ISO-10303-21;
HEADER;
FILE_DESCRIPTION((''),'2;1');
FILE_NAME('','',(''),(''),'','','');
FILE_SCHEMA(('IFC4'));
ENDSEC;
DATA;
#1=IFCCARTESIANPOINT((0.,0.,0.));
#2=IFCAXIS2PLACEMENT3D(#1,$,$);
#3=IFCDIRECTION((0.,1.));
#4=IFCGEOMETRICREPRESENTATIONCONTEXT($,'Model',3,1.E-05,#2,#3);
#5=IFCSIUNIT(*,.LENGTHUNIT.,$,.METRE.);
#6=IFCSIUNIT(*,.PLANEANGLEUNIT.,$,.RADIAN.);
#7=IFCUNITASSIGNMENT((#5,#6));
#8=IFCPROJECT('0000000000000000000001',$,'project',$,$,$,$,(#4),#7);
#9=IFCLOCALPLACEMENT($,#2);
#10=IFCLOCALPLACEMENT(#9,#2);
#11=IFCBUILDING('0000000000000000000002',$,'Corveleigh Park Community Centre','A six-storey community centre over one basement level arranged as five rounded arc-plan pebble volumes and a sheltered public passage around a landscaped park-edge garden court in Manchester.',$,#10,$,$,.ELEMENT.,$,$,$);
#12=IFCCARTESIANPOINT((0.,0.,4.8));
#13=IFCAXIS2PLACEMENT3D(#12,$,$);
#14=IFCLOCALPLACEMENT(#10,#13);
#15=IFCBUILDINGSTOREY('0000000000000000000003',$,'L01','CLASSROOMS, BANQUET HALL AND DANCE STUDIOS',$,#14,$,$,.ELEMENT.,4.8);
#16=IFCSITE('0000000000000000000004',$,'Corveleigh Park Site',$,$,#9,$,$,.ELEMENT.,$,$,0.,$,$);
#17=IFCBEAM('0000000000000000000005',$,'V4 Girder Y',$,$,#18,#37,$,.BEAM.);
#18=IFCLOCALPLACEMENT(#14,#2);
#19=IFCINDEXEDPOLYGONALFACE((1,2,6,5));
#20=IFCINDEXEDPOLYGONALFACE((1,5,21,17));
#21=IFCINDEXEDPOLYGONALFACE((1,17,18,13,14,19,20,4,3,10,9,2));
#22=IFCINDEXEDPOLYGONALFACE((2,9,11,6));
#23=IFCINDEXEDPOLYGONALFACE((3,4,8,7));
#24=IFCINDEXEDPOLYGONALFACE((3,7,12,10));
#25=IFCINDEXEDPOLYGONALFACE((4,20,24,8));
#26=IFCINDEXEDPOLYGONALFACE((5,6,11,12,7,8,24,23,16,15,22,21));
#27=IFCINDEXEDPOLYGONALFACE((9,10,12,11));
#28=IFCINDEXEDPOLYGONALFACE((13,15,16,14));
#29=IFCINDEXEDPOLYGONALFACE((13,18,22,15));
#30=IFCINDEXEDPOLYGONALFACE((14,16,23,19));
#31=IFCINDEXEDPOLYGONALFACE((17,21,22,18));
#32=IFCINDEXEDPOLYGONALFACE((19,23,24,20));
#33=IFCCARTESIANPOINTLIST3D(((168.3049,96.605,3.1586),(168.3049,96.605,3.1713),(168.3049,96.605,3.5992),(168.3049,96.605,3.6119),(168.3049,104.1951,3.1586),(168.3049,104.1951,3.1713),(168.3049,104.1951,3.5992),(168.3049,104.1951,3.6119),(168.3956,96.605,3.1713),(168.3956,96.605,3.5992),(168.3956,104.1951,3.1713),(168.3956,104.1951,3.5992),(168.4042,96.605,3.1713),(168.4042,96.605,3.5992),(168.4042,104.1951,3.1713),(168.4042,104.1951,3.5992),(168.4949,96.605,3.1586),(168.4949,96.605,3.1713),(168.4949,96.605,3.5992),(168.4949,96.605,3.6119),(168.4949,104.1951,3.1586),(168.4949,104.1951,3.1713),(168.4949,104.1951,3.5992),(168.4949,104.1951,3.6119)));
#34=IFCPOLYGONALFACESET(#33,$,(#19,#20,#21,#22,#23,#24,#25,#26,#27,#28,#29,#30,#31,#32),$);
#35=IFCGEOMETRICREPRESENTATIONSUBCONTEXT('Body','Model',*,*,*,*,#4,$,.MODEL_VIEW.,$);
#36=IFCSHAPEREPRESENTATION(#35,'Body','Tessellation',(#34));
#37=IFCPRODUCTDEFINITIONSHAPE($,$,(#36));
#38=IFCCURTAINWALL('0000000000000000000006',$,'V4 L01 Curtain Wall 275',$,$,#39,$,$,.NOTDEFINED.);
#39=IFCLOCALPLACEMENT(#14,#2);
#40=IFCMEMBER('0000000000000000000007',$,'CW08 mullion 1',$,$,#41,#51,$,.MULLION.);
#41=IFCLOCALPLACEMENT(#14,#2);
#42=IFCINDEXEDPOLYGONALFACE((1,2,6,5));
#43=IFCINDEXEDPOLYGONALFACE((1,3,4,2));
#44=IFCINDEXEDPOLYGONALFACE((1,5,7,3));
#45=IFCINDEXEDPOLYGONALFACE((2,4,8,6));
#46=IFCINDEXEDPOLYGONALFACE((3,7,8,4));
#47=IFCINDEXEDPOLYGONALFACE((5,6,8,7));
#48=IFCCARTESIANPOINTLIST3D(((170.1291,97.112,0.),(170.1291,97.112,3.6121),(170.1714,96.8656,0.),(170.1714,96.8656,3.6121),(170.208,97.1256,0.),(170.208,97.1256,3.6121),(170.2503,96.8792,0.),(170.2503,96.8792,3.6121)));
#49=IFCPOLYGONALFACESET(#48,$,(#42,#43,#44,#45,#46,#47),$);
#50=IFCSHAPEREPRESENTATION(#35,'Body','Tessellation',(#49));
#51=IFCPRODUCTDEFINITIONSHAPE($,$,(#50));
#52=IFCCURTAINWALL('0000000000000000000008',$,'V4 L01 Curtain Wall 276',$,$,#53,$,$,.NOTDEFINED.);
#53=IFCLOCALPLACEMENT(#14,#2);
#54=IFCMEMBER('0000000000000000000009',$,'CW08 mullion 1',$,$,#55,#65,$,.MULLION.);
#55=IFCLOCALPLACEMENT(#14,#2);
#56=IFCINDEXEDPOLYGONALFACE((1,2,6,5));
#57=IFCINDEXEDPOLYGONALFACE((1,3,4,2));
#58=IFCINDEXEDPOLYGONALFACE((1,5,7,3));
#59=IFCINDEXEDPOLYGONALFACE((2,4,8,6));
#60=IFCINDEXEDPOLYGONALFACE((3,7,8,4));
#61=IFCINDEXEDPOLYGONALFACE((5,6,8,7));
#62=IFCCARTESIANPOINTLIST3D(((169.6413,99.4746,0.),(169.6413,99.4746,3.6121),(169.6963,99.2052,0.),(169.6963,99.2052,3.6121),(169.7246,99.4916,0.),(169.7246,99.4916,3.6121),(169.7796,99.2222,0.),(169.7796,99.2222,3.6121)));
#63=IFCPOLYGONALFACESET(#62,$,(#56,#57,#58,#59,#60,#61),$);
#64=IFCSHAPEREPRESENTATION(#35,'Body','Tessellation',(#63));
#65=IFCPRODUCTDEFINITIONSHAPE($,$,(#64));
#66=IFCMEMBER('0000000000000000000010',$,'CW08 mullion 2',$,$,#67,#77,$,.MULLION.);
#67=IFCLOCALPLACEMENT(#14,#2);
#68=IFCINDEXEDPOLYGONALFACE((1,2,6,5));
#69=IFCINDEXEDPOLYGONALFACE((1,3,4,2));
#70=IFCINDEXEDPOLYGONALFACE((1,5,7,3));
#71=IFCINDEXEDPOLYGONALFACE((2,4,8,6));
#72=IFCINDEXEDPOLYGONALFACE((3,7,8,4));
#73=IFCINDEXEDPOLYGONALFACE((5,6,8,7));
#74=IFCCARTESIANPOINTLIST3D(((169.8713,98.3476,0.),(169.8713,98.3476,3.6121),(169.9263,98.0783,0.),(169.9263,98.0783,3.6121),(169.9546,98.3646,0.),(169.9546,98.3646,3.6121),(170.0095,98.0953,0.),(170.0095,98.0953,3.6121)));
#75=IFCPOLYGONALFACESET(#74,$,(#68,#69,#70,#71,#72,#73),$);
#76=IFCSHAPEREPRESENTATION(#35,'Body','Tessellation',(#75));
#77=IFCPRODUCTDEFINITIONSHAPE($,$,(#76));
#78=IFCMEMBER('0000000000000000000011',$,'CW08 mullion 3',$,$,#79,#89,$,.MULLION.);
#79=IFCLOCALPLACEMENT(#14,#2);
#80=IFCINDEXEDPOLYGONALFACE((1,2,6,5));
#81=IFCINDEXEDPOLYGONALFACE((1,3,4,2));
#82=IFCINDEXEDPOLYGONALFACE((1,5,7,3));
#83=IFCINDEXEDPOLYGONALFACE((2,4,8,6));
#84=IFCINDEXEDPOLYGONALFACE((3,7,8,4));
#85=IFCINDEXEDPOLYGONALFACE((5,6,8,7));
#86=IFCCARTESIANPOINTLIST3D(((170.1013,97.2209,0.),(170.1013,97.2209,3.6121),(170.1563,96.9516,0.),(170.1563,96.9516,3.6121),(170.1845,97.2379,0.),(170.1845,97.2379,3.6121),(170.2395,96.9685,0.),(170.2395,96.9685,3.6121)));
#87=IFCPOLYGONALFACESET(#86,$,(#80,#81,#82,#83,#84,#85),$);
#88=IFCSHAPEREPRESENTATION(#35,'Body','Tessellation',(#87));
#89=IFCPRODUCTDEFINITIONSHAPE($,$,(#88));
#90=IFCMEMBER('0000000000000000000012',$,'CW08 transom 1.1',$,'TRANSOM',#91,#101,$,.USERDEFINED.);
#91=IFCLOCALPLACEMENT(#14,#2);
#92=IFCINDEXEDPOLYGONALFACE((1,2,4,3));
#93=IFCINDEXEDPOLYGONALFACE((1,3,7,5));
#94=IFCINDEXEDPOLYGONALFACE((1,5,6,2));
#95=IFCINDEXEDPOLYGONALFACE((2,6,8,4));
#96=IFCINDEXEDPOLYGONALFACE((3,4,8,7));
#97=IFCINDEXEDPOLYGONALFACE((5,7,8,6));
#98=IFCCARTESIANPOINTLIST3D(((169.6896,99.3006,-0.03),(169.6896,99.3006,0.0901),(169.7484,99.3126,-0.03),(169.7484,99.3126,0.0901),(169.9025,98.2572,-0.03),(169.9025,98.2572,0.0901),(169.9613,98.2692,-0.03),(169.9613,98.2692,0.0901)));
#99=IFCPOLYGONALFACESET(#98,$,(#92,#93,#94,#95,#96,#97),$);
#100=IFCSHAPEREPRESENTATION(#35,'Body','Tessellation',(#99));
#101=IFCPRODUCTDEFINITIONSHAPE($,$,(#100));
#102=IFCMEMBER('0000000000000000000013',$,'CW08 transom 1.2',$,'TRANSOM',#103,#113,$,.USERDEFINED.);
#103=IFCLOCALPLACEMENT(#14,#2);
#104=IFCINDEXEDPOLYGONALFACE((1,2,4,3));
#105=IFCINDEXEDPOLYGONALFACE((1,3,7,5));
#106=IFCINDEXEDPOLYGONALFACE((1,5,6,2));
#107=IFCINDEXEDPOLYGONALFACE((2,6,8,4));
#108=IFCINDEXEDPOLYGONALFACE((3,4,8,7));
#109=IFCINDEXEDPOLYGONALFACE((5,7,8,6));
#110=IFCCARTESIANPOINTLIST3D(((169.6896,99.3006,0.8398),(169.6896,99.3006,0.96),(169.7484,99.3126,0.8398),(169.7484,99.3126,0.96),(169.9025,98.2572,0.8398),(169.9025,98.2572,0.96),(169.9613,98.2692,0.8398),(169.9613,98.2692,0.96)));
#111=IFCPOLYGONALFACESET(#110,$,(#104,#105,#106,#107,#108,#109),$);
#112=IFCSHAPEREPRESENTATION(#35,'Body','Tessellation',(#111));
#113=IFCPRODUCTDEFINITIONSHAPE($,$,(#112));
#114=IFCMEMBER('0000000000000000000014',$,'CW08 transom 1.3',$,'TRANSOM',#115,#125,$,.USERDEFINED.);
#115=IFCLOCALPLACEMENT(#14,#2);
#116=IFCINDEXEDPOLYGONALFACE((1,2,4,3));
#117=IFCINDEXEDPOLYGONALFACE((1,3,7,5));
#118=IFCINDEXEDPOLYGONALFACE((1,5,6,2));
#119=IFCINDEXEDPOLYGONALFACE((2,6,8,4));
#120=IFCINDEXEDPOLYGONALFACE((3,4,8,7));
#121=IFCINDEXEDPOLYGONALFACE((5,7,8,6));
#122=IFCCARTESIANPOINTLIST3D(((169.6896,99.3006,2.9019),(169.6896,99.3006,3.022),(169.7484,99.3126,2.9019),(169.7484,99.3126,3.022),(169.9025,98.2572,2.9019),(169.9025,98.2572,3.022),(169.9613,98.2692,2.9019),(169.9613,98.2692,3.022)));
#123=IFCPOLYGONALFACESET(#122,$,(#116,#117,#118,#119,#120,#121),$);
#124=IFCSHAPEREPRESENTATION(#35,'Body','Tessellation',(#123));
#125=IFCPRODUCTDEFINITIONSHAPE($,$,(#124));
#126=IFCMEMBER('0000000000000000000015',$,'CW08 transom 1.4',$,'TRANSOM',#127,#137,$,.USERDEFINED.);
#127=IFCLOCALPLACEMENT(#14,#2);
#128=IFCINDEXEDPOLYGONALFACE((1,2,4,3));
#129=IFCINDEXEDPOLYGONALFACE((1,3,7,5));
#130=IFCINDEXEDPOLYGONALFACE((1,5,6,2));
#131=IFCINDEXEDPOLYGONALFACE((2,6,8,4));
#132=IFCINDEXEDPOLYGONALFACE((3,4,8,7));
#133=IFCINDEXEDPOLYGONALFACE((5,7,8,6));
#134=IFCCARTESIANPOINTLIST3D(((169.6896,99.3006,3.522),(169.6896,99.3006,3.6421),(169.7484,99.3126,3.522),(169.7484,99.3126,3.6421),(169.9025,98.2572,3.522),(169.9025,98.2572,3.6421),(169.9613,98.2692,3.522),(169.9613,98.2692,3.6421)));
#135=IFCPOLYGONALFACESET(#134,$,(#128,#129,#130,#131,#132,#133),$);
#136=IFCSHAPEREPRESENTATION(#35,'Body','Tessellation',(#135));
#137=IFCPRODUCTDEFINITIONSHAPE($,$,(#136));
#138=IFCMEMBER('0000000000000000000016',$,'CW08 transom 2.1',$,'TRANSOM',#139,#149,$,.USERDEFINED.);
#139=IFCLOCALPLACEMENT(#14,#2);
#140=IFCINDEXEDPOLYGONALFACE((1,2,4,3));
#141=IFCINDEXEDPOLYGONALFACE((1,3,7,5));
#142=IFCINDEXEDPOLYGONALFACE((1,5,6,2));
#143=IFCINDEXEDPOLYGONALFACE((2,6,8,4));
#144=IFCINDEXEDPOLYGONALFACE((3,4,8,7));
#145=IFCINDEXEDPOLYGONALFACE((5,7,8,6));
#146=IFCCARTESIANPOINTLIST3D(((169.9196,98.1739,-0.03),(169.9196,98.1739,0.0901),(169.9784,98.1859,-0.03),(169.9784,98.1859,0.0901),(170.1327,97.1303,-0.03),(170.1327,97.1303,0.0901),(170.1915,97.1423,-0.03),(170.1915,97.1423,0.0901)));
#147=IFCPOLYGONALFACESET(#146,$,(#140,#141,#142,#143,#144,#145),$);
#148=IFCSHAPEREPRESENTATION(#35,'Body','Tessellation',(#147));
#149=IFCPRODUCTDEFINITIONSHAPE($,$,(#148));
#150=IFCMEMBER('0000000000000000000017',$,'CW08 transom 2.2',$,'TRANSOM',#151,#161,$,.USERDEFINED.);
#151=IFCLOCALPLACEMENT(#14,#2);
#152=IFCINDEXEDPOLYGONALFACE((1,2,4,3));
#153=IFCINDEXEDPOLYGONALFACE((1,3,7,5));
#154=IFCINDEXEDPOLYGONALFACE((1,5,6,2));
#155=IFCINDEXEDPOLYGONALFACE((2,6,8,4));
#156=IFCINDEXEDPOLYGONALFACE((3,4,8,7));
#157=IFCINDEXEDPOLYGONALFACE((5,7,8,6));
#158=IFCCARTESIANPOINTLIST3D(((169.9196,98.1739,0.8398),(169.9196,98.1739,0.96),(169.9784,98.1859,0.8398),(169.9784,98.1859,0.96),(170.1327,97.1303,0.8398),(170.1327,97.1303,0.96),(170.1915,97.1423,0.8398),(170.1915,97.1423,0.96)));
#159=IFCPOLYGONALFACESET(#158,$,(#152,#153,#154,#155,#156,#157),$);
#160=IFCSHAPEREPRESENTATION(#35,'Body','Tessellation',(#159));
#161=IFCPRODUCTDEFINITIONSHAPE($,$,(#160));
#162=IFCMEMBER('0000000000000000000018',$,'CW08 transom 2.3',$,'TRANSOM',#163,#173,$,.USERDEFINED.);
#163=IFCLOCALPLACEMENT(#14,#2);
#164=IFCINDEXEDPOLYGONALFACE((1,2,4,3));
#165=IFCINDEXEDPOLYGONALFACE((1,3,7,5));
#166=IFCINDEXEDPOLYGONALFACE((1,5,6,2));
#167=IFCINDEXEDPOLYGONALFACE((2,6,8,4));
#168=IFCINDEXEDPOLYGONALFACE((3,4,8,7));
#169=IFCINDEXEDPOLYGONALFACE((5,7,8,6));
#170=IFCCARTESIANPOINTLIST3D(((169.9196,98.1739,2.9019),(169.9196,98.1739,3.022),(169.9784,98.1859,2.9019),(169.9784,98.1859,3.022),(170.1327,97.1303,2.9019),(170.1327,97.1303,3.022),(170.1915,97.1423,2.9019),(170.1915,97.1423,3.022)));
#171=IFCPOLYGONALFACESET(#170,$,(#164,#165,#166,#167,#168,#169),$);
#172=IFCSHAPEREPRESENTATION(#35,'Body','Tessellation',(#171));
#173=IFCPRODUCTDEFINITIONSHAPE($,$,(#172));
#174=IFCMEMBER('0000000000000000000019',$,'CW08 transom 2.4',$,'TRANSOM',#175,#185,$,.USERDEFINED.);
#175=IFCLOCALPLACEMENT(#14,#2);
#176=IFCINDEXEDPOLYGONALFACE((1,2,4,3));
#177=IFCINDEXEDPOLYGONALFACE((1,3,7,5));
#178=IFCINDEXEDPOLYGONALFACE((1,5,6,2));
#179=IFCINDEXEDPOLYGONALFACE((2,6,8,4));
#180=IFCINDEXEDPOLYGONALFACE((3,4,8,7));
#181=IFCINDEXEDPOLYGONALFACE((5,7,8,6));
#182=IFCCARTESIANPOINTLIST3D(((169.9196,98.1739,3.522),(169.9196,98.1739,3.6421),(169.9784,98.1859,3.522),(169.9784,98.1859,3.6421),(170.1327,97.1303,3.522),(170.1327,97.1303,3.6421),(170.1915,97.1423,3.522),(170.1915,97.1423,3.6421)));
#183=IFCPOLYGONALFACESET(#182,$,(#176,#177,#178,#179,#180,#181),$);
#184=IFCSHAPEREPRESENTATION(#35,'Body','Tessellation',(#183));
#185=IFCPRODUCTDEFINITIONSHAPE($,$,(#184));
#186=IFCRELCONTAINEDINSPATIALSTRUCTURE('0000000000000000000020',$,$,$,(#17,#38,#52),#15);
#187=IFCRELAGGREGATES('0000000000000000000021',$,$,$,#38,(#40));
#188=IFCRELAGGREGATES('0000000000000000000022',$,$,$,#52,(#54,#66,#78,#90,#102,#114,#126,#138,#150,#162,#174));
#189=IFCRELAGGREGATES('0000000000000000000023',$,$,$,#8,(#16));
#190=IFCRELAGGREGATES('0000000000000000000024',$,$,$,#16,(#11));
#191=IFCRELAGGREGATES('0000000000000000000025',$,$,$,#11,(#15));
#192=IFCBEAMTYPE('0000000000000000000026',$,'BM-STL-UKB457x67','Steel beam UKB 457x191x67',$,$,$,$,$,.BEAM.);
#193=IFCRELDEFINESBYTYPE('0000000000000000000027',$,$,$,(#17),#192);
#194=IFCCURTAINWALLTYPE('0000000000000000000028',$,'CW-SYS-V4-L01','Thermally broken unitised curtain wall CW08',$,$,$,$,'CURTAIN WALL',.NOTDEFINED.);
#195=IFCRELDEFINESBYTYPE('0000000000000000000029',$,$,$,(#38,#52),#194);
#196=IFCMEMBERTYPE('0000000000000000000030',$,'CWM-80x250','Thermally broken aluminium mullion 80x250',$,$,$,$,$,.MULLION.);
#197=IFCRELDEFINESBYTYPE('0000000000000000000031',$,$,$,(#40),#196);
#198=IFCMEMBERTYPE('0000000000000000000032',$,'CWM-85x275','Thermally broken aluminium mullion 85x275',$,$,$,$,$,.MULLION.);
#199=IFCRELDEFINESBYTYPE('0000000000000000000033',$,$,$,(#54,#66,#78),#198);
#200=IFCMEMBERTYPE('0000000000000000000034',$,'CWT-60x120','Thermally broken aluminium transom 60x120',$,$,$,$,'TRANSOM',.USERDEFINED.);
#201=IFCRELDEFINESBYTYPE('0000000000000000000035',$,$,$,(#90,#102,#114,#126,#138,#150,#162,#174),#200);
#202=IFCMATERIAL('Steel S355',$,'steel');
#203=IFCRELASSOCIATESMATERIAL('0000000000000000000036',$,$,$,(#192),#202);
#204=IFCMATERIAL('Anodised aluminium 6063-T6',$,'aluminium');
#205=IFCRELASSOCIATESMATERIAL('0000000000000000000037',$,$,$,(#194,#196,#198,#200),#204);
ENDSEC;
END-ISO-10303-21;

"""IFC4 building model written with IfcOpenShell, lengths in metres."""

from ifc_helpers import new_model, si_unit, direction, frame, origin, origin_2d, place, context, subcontext, project, spatial, rectangle, i_section, extrude, material, material_profile, profile_set, type_object, element, aggregate, save


model = new_model("IFC4")

# Units and contexts
model_context = context("Model", 3, precision=1e-05, world=origin(), true_north=direction((0.0, 1.0)))
body_context = subcontext(model_context, "Body", "Model", "MODEL_VIEW")
ifc_project = project(units=[si_unit("LENGTHUNIT", "METRE"), si_unit("PLANEANGLEUNIT", "RADIAN")], contexts=[model_context])

# Site, building, storey
site_placement = place(None, origin())
site = spatial("IfcSite", under=ifc_project, at=site_placement, Name="Corveleigh Park Site", CompositionType="ELEMENT", RefElevation=0.0)
building_placement = place(site_placement, origin())
building = spatial("IfcBuilding", under=site, at=building_placement, Name="Corveleigh Park Community Centre", Description="A six-storey community centre over one basement level arranged as five rounded arc-plan pebble volumes and a sheltered public passage around a landscaped park-edge garden court in Manchester.", CompositionType="ELEMENT")
storey_placement = place(building_placement, frame((0.0, 0.0, 4.8)))
storey = spatial("IfcBuildingStorey", under=building, at=storey_placement, Name="L01", Description="CLASSROOMS, BANQUET HALL AND DANCE STUDIOS", CompositionType="ELEMENT", Elevation=4.8)

# Beam
ifc_material_1 = material(Name="Steel S355", Category="steel")
ifc_material_profile_1 = material_profile(ifc_material_1, i_section(OverallWidth=0.1899, OverallDepth=0.4534, WebThickness=0.0085, FlangeThickness=0.0127, at=origin_2d()), Name="UKB 457x191x67", Category="steel")
ifc_profile_set_1 = profile_set([ifc_material_profile_1], Name="Steel S355")
beam_type = type_object("IfcBeamType", Name="BM-STL-UKB457x67", Description="Steel beam UKB 457x191x67", PredefinedType="BEAM", material=ifc_profile_set_1)
beam_placement = place(storey_placement, frame((168.3999, 96.605, 3.3853), z_axis=(0.0, 1.0, 0.0), x_axis=(-1.0, 0.0, 0.0)))
element("IfcBeam", 1, at=beam_placement, inside=storey, type_object=beam_type, Name="V4 Girder Y", PredefinedType="BEAM", context=body_context, shape_type="SweptSolid", body=[
    extrude(i_section(OverallWidth=0.1899, OverallDepth=0.4534, WebThickness=0.0085, FlangeThickness=0.0127, at=origin_2d()), origin(), (0.0, 0.0, 1.0), 7.5901),
])

# Curtain wall, member
ifc_material_2 = material(Name="Anodised aluminium 6063-T6", Category="aluminium")
curtain_wall_type = type_object("IfcCurtainWallType", Name="CW-SYS-V4-L01", Description="Thermally broken unitised curtain wall CW08", ElementType="CURTAIN WALL", PredefinedType="NOTDEFINED", material=ifc_material_2)
curtain_wall_1_placement = place(storey_placement, origin())
curtain_wall_1 = element("IfcCurtainWall", 2, at=curtain_wall_1_placement, inside=storey, type_object=curtain_wall_type, Name="V4 L01 Curtain Wall 275", PredefinedType="NOTDEFINED")
ifc_material_profile_2 = material_profile(ifc_material_2, rectangle(XDim=0.0801, YDim=0.25, at=origin_2d()), Name="ALU-M80x250", Category="aluminium")
ifc_profile_set_2 = profile_set([ifc_material_profile_2], Name="Anodised aluminium 6063-T6")
member_type_1 = type_object("IfcMemberType", Name="CWM-80x250", Description="Thermally broken aluminium mullion 80x250", PredefinedType="MULLION", material=ifc_profile_set_2)
member_1_placement = place(storey_placement, frame((170.1897, 96.9956, 0.0), z_axis=(0.0, 0.0, 1.0), x_axis=(0.985554, 0.169359, 0.0)))
member_1 = element("IfcMember", 3, at=member_1_placement, type_object=member_type_1, Name="CW08 mullion 1", PredefinedType="MULLION", context=body_context, shape_type="SweptSolid", body=[
    extrude(rectangle(XDim=0.0801, YDim=0.25, at=origin_2d()), origin(), (0.0, 0.0, 1.0), 3.6121),
])

# Curtain wall, members
curtain_wall_2_placement = place(storey_placement, origin())
curtain_wall_2 = element("IfcCurtainWall", 4, at=curtain_wall_2_placement, inside=storey, type_object=curtain_wall_type, Name="V4 L01 Curtain Wall 276", PredefinedType="NOTDEFINED")
ifc_material_profile_3 = material_profile(ifc_material_2, rectangle(XDim=0.085, YDim=0.2749, at=origin_2d()), Name="ALU-M85x275", Category="aluminium")
ifc_profile_set_3 = profile_set([ifc_material_profile_3], Name="Anodised aluminium 6063-T6")
member_type_2 = type_object("IfcMemberType", Name="CWM-85x275", Description="Thermally broken aluminium mullion 85x275", PredefinedType="MULLION", material=ifc_profile_set_3)
member_2_placement = place(storey_placement, frame((169.7104, 99.3484, 0.0), z_axis=(0.0, 0.0, 1.0), x_axis=(0.979799, 0.199985, 0.0)))
member_2 = element("IfcMember", 5, at=member_2_placement, type_object=member_type_2, Name="CW08 mullion 1", PredefinedType="MULLION", context=body_context, shape_type="SweptSolid", body=[
    extrude(rectangle(XDim=0.085, YDim=0.2749, at=origin_2d()), origin(), (0.0, 0.0, 1.0), 3.6121),
])
member_3_placement = place(storey_placement, frame((169.9404, 98.2214, 0.0), z_axis=(0.0, 0.0, 1.0), x_axis=(0.979799, 0.199985, 0.0)))
member_3 = element("IfcMember", 6, at=member_3_placement, type_object=member_type_2, Name="CW08 mullion 2", PredefinedType="MULLION", context=body_context, shape_type="SweptSolid", body=[
    extrude(rectangle(XDim=0.085, YDim=0.2749, at=origin_2d()), origin(), (0.0, 0.0, 1.0), 3.6121),
])
member_4_placement = place(storey_placement, frame((170.1704, 97.0947, 0.0), z_axis=(0.0, 0.0, 1.0), x_axis=(0.979799, 0.199985, 0.0)))
member_4 = element("IfcMember", 7, at=member_4_placement, type_object=member_type_2, Name="CW08 mullion 3", PredefinedType="MULLION", context=body_context, shape_type="SweptSolid", body=[
    extrude(rectangle(XDim=0.085, YDim=0.2749, at=origin_2d()), origin(), (0.0, 0.0, 1.0), 3.6121),
])
ifc_material_profile_4 = material_profile(ifc_material_2, rectangle(XDim=0.0601, YDim=0.1201, at=origin_2d()), Name="ALU-T60x120", Category="aluminium")
ifc_profile_set_4 = profile_set([ifc_material_profile_4], Name="Anodised aluminium 6063-T6")
member_type_3 = type_object("IfcMemberType", Name="CWT-60x120", Description="Thermally broken aluminium transom 60x120", ElementType="TRANSOM", PredefinedType="USERDEFINED", material=ifc_profile_set_4)
member_5_placement = place(storey_placement, frame((169.719, 99.3066, 0.03), z_axis=(0.199906, -0.979815, 0.0), x_axis=(0.979815, 0.199906, 0.0)))
member_5 = element("IfcMember", 8, at=member_5_placement, type_object=member_type_3, Name="CW08 transom 1.1", ObjectType="TRANSOM", PredefinedType="USERDEFINED", context=body_context, shape_type="SweptSolid", body=[
    extrude(rectangle(XDim=0.0601, YDim=0.1201, at=origin_2d()), origin(), (0.0, 0.0, 1.0), 1.0649),
])
member_6_placement = place(storey_placement, frame((169.719, 99.3066, 0.8999), z_axis=(0.199906, -0.979815, 0.0), x_axis=(0.979815, 0.199906, 0.0)))
member_6 = element("IfcMember", 9, at=member_6_placement, type_object=member_type_3, Name="CW08 transom 1.2", ObjectType="TRANSOM", PredefinedType="USERDEFINED", context=body_context, shape_type="SweptSolid", body=[
    extrude(rectangle(XDim=0.0601, YDim=0.1201, at=origin_2d()), origin(), (0.0, 0.0, 1.0), 1.0649),
])
member_7_placement = place(storey_placement, frame((169.719, 99.3066, 2.9619), z_axis=(0.199906, -0.979815, 0.0), x_axis=(0.979815, 0.199906, 0.0)))
member_7 = element("IfcMember", 10, at=member_7_placement, type_object=member_type_3, Name="CW08 transom 1.3", ObjectType="TRANSOM", PredefinedType="USERDEFINED", context=body_context, shape_type="SweptSolid", body=[
    extrude(rectangle(XDim=0.0601, YDim=0.1201, at=origin_2d()), origin(), (0.0, 0.0, 1.0), 1.0649),
])
member_8_placement = place(storey_placement, frame((169.719, 99.3066, 3.582), z_axis=(0.199906, -0.979815, 0.0), x_axis=(0.979815, 0.199906, 0.0)))
member_8 = element("IfcMember", 11, at=member_8_placement, type_object=member_type_3, Name="CW08 transom 1.4", ObjectType="TRANSOM", PredefinedType="USERDEFINED", context=body_context, shape_type="SweptSolid", body=[
    extrude(rectangle(XDim=0.0601, YDim=0.1201, at=origin_2d()), origin(), (0.0, 0.0, 1.0), 1.0649),
])
member_9_placement = place(storey_placement, frame((169.949, 98.1799, 0.03), z_axis=(0.200081, -0.979779, 0.0), x_axis=(0.979779, 0.200081, 0.0)))
member_9 = element("IfcMember", 12, at=member_9_placement, type_object=member_type_3, Name="CW08 transom 2.1", ObjectType="TRANSOM", PredefinedType="USERDEFINED", context=body_context, shape_type="SweptSolid", body=[
    extrude(rectangle(XDim=0.0601, YDim=0.1201, at=origin_2d()), origin(), (0.0, 0.0, 1.0), 1.0652),
])
member_10_placement = place(storey_placement, frame((169.949, 98.1799, 0.8999), z_axis=(0.200081, -0.979779, 0.0), x_axis=(0.979779, 0.200081, 0.0)))
member_10 = element("IfcMember", 13, at=member_10_placement, type_object=member_type_3, Name="CW08 transom 2.2", ObjectType="TRANSOM", PredefinedType="USERDEFINED", context=body_context, shape_type="SweptSolid", body=[
    extrude(rectangle(XDim=0.0601, YDim=0.1201, at=origin_2d()), origin(), (0.0, 0.0, 1.0), 1.0652),
])
member_11_placement = place(storey_placement, frame((169.949, 98.1799, 2.9619), z_axis=(0.200081, -0.979779, 0.0), x_axis=(0.979779, 0.200081, 0.0)))
member_11 = element("IfcMember", 14, at=member_11_placement, type_object=member_type_3, Name="CW08 transom 2.3", ObjectType="TRANSOM", PredefinedType="USERDEFINED", context=body_context, shape_type="SweptSolid", body=[
    extrude(rectangle(XDim=0.0601, YDim=0.1201, at=origin_2d()), origin(), (0.0, 0.0, 1.0), 1.0652),
])
member_12_placement = place(storey_placement, frame((169.949, 98.1799, 3.582), z_axis=(0.200081, -0.979779, 0.0), x_axis=(0.979779, 0.200081, 0.0)))
member_12 = element("IfcMember", 15, at=member_12_placement, type_object=member_type_3, Name="CW08 transom 2.4", ObjectType="TRANSOM", PredefinedType="USERDEFINED", context=body_context, shape_type="SweptSolid", body=[
    extrude(rectangle(XDim=0.0601, YDim=0.1201, at=origin_2d()), origin(), (0.0, 0.0, 1.0), 1.0652),
])

aggregate(curtain_wall_1, [member_1])

aggregate(curtain_wall_2, [member_2, member_3, member_4, member_5, member_6, member_7, member_8, member_9, member_10, member_11, member_12])

save(model, "model.ifc")
